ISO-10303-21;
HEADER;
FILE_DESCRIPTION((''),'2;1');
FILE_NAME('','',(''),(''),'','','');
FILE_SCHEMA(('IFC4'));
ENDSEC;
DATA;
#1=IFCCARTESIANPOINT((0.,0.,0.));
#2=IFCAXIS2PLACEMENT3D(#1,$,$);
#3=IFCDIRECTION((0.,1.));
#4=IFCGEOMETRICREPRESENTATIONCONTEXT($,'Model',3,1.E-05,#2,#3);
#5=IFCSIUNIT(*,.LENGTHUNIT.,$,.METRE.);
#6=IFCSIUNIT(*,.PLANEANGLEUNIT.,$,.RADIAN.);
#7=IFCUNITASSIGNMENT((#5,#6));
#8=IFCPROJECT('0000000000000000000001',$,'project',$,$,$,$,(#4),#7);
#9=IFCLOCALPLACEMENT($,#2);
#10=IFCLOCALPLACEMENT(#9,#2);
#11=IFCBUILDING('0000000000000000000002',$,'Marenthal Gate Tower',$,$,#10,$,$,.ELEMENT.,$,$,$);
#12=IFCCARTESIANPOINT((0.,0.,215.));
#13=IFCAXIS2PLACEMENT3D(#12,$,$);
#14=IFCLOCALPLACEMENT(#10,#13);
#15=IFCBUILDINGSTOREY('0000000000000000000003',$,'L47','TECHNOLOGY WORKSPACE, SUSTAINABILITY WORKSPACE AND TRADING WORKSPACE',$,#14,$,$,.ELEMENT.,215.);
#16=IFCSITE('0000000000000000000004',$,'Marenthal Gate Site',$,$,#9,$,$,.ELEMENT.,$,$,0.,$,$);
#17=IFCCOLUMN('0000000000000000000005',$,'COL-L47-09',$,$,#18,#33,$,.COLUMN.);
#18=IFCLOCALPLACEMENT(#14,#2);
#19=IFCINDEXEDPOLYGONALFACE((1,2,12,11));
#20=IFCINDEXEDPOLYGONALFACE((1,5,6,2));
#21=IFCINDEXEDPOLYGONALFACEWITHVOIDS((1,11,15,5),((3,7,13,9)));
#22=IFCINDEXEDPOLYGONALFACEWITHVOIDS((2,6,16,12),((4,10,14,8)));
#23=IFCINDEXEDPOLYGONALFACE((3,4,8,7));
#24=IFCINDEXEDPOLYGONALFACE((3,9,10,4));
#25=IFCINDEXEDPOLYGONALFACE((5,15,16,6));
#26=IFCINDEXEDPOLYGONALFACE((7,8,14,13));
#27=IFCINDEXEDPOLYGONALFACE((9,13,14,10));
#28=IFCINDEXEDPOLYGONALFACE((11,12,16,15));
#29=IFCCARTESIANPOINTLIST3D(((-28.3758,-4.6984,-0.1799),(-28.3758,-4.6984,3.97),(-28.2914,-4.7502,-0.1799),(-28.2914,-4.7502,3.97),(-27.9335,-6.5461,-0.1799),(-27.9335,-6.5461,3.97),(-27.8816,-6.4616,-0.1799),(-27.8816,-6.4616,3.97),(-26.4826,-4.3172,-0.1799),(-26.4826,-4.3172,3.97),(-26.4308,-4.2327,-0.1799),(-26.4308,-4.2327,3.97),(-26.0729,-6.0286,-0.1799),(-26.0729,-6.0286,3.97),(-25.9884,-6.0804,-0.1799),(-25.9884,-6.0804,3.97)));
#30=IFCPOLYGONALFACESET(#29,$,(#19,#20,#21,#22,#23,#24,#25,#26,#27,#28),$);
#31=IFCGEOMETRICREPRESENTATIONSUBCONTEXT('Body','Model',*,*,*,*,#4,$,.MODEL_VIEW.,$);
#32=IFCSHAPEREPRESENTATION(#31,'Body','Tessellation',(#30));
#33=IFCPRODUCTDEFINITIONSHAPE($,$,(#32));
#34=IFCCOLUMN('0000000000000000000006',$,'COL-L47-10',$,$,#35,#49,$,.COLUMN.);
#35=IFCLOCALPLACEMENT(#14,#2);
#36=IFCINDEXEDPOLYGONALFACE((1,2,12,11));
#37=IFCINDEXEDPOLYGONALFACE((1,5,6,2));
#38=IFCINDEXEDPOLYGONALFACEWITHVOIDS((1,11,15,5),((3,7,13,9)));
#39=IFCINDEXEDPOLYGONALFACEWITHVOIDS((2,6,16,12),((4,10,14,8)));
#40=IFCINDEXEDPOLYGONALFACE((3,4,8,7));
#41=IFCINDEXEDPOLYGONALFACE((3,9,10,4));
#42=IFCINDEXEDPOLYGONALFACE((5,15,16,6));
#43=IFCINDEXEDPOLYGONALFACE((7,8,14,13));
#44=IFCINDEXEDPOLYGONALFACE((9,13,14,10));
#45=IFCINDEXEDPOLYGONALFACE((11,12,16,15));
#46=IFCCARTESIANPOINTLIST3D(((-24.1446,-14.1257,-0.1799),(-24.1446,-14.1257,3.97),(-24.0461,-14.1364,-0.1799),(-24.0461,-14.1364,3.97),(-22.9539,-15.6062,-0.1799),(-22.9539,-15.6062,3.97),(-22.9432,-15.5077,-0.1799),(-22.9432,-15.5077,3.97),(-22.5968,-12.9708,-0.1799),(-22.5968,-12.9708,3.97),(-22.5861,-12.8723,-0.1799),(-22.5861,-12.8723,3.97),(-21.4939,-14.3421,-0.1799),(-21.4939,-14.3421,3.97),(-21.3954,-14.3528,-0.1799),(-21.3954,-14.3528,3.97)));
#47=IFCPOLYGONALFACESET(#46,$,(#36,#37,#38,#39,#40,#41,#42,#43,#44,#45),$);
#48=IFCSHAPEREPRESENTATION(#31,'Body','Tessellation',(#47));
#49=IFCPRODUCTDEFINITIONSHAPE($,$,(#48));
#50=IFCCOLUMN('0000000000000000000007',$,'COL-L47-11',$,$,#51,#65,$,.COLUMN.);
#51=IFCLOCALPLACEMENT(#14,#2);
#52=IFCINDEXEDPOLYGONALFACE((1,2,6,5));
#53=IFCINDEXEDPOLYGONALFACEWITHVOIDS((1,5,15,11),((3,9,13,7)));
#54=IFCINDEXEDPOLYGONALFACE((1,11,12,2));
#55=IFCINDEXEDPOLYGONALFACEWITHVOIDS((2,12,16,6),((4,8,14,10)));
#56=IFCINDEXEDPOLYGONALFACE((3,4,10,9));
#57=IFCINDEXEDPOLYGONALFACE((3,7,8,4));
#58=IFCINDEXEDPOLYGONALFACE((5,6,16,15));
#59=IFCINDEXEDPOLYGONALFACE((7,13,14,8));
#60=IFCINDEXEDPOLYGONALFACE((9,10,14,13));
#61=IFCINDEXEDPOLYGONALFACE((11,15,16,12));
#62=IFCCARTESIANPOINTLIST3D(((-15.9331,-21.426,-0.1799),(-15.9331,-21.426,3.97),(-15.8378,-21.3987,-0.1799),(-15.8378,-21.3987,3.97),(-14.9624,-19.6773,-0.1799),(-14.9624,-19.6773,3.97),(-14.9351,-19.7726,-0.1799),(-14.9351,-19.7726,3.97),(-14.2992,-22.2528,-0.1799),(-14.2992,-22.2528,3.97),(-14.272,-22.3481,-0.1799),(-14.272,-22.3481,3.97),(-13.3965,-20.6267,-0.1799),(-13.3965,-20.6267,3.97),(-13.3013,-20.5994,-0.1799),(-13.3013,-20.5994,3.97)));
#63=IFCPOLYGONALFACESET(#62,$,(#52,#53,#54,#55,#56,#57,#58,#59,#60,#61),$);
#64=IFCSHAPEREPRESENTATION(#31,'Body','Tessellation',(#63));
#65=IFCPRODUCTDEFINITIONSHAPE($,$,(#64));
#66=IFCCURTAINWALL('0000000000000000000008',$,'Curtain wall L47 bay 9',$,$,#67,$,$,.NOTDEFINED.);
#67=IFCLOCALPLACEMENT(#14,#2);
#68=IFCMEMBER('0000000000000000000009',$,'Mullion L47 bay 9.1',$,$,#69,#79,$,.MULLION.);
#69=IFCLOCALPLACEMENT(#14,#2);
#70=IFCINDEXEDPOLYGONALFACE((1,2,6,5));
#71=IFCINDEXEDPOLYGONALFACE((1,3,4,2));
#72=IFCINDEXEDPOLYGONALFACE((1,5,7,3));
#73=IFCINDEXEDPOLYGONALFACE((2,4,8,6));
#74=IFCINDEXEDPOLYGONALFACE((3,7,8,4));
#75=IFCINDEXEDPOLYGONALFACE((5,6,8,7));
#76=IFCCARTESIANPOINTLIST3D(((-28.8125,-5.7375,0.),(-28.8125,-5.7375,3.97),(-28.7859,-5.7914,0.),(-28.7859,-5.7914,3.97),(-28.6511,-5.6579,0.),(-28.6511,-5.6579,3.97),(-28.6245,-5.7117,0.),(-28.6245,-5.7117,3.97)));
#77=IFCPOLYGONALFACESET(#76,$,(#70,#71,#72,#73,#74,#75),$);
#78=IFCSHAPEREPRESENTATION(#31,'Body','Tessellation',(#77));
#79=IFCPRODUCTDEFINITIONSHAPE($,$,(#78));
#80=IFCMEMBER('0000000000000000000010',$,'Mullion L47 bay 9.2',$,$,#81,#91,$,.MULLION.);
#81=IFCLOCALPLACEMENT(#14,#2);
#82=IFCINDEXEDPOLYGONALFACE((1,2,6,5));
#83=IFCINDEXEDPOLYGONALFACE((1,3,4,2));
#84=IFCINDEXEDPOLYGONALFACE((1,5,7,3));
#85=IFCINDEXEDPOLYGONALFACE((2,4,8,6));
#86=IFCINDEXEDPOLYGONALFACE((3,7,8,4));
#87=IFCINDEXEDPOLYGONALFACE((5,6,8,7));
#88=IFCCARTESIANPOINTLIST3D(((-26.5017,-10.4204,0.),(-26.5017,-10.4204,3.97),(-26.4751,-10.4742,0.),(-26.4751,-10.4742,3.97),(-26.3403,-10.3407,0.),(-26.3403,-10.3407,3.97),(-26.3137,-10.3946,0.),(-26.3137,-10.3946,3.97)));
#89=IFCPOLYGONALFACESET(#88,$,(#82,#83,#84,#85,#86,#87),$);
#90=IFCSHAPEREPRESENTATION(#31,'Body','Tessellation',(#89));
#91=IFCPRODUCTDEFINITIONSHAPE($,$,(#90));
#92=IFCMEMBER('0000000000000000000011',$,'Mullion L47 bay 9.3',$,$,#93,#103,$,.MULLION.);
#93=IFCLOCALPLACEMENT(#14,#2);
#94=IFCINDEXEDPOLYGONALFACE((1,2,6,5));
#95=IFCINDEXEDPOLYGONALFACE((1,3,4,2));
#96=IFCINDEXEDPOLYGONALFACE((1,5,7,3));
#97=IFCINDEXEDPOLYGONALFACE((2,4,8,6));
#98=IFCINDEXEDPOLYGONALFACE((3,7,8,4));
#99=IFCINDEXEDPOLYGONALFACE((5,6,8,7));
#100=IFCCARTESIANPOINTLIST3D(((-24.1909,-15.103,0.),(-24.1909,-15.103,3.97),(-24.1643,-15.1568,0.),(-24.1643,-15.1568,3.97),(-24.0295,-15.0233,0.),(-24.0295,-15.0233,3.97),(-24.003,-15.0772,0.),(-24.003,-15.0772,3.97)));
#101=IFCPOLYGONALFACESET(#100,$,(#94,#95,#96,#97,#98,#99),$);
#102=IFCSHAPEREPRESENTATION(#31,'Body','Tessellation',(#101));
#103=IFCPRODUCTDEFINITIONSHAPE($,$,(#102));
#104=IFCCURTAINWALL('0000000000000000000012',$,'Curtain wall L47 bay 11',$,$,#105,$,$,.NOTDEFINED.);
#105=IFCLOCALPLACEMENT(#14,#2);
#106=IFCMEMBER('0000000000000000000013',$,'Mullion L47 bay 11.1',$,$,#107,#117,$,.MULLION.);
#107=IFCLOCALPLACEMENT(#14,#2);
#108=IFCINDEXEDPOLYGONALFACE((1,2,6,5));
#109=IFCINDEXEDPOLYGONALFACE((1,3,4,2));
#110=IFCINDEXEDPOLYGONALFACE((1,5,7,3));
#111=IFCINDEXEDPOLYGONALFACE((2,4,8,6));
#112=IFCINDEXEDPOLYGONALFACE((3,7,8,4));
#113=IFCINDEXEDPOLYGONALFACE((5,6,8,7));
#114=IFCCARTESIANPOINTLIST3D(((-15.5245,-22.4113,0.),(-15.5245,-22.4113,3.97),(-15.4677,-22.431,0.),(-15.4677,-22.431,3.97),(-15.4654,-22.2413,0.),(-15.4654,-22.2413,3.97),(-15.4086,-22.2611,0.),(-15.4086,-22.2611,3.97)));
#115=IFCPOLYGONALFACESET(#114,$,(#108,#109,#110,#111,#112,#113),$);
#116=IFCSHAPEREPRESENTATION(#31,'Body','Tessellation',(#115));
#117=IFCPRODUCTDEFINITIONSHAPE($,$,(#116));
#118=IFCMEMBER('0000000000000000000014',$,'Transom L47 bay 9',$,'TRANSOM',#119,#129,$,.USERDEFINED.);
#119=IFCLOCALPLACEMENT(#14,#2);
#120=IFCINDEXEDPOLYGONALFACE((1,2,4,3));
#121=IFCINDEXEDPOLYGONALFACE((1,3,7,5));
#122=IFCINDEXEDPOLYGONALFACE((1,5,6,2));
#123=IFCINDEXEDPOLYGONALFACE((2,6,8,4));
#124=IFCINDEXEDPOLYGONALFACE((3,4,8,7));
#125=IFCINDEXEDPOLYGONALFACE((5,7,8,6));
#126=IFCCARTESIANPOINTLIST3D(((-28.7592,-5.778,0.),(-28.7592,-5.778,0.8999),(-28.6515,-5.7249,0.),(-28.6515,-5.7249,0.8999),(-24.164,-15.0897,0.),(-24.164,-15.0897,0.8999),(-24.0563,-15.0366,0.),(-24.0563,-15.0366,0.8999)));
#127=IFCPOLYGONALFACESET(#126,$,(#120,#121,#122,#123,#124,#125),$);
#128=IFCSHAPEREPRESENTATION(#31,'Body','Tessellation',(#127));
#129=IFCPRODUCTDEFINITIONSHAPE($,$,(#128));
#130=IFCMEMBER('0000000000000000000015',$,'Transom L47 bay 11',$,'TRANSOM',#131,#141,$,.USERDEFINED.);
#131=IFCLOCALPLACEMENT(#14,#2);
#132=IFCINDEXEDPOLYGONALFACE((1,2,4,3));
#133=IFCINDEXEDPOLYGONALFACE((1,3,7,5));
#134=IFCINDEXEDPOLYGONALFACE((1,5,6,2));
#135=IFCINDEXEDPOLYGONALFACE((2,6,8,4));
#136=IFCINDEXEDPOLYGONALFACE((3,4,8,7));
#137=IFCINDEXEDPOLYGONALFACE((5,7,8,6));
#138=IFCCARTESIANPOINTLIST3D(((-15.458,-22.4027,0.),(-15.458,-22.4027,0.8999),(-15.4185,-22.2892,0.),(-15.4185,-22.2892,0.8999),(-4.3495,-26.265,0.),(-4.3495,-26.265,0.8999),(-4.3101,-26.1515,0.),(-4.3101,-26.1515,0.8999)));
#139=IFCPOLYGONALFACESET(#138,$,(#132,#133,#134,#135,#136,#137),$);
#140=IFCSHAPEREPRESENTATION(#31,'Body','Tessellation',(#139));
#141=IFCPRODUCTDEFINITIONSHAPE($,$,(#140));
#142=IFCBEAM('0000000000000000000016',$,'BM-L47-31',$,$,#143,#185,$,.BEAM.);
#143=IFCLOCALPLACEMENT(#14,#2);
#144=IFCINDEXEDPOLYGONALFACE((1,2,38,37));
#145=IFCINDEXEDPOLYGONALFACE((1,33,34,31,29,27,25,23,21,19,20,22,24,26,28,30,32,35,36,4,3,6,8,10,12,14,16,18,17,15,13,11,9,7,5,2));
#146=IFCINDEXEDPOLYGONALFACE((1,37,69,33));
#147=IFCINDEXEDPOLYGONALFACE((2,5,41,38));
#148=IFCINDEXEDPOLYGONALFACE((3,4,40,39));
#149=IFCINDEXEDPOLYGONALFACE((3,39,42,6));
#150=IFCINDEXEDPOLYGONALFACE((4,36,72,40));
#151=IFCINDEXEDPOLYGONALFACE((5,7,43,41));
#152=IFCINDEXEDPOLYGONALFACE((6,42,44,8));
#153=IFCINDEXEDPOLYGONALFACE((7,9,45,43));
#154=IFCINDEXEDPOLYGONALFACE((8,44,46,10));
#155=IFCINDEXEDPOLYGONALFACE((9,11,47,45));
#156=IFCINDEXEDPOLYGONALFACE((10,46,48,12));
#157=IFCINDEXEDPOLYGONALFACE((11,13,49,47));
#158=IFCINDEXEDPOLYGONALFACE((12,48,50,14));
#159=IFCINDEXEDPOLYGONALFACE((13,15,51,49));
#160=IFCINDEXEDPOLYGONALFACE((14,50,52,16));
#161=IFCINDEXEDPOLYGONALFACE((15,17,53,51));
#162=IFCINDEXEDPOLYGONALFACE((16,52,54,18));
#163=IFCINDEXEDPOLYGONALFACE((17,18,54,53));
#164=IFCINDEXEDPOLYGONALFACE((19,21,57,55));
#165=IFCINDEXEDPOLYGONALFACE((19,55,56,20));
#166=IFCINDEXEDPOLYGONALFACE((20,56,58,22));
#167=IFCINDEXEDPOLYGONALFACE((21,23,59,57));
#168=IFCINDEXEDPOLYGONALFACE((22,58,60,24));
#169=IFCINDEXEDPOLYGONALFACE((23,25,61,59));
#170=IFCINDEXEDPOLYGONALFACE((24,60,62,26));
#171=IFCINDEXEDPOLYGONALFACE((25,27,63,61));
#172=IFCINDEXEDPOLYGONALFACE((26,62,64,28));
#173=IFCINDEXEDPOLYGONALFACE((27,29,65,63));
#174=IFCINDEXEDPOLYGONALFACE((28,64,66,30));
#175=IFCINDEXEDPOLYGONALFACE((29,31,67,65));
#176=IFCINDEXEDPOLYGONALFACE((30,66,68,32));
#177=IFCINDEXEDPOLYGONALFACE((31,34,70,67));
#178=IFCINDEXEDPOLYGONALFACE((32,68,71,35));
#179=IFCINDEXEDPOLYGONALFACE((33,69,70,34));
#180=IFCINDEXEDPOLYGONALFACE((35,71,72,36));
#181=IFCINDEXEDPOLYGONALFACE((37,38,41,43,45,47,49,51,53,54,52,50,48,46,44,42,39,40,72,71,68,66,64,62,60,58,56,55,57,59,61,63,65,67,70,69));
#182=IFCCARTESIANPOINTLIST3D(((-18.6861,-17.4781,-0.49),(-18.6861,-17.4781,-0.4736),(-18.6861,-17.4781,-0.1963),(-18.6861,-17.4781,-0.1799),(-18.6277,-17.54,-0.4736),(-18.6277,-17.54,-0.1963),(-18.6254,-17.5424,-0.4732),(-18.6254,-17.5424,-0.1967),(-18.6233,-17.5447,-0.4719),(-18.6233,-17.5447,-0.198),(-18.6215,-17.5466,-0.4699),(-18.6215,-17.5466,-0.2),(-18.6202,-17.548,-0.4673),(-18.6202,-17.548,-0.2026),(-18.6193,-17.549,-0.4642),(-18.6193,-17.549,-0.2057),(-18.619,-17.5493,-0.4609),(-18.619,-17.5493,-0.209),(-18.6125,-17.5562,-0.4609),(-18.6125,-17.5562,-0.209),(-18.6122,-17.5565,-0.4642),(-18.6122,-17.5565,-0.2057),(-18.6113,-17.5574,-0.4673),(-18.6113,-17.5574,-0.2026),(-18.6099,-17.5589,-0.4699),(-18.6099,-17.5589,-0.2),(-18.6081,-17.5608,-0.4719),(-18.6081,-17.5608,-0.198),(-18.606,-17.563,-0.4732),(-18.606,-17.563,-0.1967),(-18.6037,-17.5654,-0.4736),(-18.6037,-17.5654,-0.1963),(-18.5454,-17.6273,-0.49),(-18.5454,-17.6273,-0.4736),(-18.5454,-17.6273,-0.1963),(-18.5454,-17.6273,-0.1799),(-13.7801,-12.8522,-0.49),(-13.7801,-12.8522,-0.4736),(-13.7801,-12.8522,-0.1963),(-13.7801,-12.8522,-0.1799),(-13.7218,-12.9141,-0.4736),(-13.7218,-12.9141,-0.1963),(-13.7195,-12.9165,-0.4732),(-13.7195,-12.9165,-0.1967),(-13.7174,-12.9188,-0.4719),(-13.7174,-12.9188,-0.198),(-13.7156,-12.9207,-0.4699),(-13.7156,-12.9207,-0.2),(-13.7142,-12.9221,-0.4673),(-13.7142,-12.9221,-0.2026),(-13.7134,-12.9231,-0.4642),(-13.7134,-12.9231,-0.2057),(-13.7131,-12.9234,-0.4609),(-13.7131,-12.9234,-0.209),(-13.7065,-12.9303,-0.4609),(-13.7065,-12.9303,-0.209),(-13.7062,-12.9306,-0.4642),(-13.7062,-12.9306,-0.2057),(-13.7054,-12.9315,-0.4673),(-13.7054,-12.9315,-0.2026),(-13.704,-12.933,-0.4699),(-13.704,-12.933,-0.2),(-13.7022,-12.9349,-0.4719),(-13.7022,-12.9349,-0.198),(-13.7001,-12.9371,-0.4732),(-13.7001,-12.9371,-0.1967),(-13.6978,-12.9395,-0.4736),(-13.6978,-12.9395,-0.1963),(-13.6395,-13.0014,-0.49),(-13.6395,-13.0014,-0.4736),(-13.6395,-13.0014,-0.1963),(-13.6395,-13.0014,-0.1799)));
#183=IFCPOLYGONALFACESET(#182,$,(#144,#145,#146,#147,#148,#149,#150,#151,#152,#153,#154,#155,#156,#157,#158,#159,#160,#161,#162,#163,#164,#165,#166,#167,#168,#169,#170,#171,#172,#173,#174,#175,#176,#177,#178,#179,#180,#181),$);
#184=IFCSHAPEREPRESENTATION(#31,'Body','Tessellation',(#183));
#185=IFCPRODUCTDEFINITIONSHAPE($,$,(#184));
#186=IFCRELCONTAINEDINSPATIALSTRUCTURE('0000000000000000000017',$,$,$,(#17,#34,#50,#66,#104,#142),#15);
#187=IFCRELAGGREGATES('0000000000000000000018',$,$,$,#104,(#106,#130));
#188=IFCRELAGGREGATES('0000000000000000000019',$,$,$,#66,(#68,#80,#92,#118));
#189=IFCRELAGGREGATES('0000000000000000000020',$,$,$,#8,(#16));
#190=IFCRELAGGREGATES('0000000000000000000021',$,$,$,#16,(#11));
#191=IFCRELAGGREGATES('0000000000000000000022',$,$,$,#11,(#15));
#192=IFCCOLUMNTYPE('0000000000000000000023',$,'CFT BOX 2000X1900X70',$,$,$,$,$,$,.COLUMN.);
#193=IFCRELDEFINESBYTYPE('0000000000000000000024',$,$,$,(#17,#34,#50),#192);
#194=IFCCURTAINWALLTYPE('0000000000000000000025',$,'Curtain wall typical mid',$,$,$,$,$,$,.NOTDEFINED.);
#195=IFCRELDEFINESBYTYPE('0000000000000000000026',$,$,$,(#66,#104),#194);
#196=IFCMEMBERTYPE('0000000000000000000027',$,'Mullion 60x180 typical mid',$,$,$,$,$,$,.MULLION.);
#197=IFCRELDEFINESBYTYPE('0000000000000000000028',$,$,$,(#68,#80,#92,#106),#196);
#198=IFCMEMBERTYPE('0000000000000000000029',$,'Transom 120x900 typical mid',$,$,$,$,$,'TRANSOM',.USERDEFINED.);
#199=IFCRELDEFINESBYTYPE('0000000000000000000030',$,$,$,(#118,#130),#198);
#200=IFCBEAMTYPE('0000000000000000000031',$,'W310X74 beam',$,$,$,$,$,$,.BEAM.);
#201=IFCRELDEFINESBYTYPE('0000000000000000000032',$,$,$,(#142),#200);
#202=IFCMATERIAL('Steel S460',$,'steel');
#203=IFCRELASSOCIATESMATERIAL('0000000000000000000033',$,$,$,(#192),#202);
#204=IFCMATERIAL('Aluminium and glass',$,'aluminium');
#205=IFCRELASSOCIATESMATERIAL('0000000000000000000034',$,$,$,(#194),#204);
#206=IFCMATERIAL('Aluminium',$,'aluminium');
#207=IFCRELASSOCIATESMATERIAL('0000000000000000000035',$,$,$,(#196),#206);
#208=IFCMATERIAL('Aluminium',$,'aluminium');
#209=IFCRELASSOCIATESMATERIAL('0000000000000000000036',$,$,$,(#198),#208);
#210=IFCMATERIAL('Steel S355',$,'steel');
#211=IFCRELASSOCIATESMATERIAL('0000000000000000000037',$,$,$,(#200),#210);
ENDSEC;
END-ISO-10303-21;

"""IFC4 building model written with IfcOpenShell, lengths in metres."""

from ifc_helpers import new_model, si_unit, direction, frame, origin, origin_2d, place, context, subcontext, project, spatial, rectangle, hollow_rectangle, i_section, extrude, material, material_profile, profile_set, type_object, element, aggregate, save


model = new_model("IFC4")

# Units and contexts
model_context = context("Model", 3, precision=1e-05, world=origin(), true_north=direction((0.0, 1.0)))
body_context = subcontext(model_context, "Body", "Model", "MODEL_VIEW")
ifc_project = project(units=[si_unit("LENGTHUNIT", "METRE"), si_unit("PLANEANGLEUNIT", "RADIAN")], contexts=[model_context])

# Site, building, storey
site_placement = place(None, origin())
site = spatial("IfcSite", under=ifc_project, at=site_placement, Name="Marenthal Gate Site", CompositionType="ELEMENT", RefElevation=0.0)
building_placement = place(site_placement, origin())
building = spatial("IfcBuilding", under=site, at=building_placement, Name="Marenthal Gate Tower", CompositionType="ELEMENT")
storey_placement = place(building_placement, frame((0.0, 0.0, 215.0)))
storey = spatial("IfcBuildingStorey", under=building, at=storey_placement, Name="L47", Description="TECHNOLOGY WORKSPACE, SUSTAINABILITY WORKSPACE AND TRADING WORKSPACE", CompositionType="ELEMENT", Elevation=215.0)

# Columns
ifc_material_1 = material(Name="Steel S460", Category="steel")
ifc_material_profile_1 = material_profile(ifc_material_1, hollow_rectangle(XDim=1.8999, YDim=2.0, WallThickness=0.0701, at=origin_2d()), Name="CFT BOX 2000X1900X70")
ifc_material_2 = material(Name="Concrete 70 MPa", Category="concrete")
ifc_material_profile_2 = material_profile(ifc_material_2, rectangle(XDim=1.76, YDim=1.8601, at=origin_2d()), Name="CFT BOX 2000X1900X70 INFILL")
ifc_profile_set_1 = profile_set([ifc_material_profile_1, ifc_material_profile_2], Name="Steel S460 shell, Concrete 70 MPa infill")
column_type = type_object("IfcColumnType", Name="CFT BOX 2000X1900X70", PredefinedType="COLUMN", material=ifc_profile_set_1)
for number, where, z_axis, x_axis, name in (
    (1, (-27.1821, -5.3894, -0.1799), (0.0, 0.0, 1.0), (-0.232843, 0.972514, 0.0), "COL-L47-09"),
    (2, (-22.77, -14.2393, -0.1799), (0.0, 0.0, 1.0), (-0.626719, 0.779245, 0.0), "COL-L47-10"),
    (3, (-14.6172, -21.0127, -0.1799), (0.0, 0.0, 1.0), (-0.874319, 0.485351, 0.0), "COL-L47-11"),
):
    element("IfcColumn", number, at=place(storey_placement, frame(where, z_axis=z_axis, x_axis=x_axis)), inside=storey, type_object=column_type, Name=name, PredefinedType="COLUMN", context=body_context, shape_type="SweptSolid", body=[
        extrude(hollow_rectangle(XDim=1.8999, YDim=2.0, WallThickness=0.0701, at=origin_2d()), origin(), (0.0, 0.0, 1.0), 4.1499),
    ])

# Curtain wall, members
ifc_material_3 = material(Name="Aluminium and glass", Category="aluminium")
curtain_wall_type = type_object("IfcCurtainWallType", Name="Curtain wall typical mid", PredefinedType="NOTDEFINED", material=ifc_material_3)
curtain_wall_1_placement = place(storey_placement, origin())
curtain_wall_1 = element("IfcCurtainWall", 4, at=curtain_wall_1_placement, inside=storey, type_object=curtain_wall_type, Name="Curtain wall L47 bay 9", PredefinedType="NOTDEFINED")
ifc_material_4 = material(Name="Aluminium", Category="aluminium")
ifc_material_profile_3 = material_profile(ifc_material_4, rectangle(XDim=0.1799, YDim=0.0601, at=origin_2d()), Name="60x180 aluminium mullion")
ifc_profile_set_2 = profile_set([ifc_material_profile_3], Name="Aluminium")
member_type_1 = type_object("IfcMemberType", Name="Mullion 60x180 typical mid", PredefinedType="MULLION", material=ifc_profile_set_2)
member_1_placement = place(storey_placement, frame((-28.7185, -5.7246, 0.0), z_axis=(0.0, 0.0, 1.0), x_axis=(0.896757, 0.442523, 0.0)))
member_1 = element("IfcMember", 5, at=member_1_placement, type_object=member_type_1, Name="Mullion L47 bay 9.1", PredefinedType="MULLION", context=body_context, shape_type="SweptSolid", body=[
    extrude(rectangle(XDim=0.1799, YDim=0.0601, at=origin_2d()), origin(), (0.0, 0.0, 1.0), 3.97),
])
member_2_placement = place(storey_placement, frame((-26.4077, -10.4075, 0.0), z_axis=(0.0, 0.0, 1.0), x_axis=(0.896757, 0.442523, 0.0)))
member_2 = element("IfcMember", 6, at=member_2_placement, type_object=member_type_1, Name="Mullion L47 bay 9.2", PredefinedType="MULLION", context=body_context, shape_type="SweptSolid", body=[
    extrude(rectangle(XDim=0.1799, YDim=0.0601, at=origin_2d()), origin(), (0.0, 0.0, 1.0), 3.97),
])
member_3_placement = place(storey_placement, frame((-24.0969, -15.0901, 0.0), z_axis=(0.0, 0.0, 1.0), x_axis=(0.896757, 0.442523, 0.0)))
member_3 = element("IfcMember", 7, at=member_3_placement, type_object=member_type_1, Name="Mullion L47 bay 9.3", PredefinedType="MULLION", context=body_context, shape_type="SweptSolid", body=[
    extrude(rectangle(XDim=0.1799, YDim=0.0601, at=origin_2d()), origin(), (0.0, 0.0, 1.0), 3.97),
])

# Curtain wall, member
curtain_wall_2_placement = place(storey_placement, origin())
curtain_wall_2 = element("IfcCurtainWall", 8, at=curtain_wall_2_placement, inside=storey, type_object=curtain_wall_type, Name="Curtain wall L47 bay 11", PredefinedType="NOTDEFINED")
member_4_placement = place(storey_placement, frame((-15.4666, -22.3362, 0.0), z_axis=(0.0, 0.0, 1.0), x_axis=(0.3284, 0.944539, 0.0)))
member_4 = element("IfcMember", 9, at=member_4_placement, type_object=member_type_1, Name="Mullion L47 bay 11.1", PredefinedType="MULLION", context=body_context, shape_type="SweptSolid", body=[
    extrude(rectangle(XDim=0.1799, YDim=0.0601, at=origin_2d()), origin(), (0.0, 0.0, 1.0), 3.97),
])

# Members
ifc_material_5 = material(Name="Aluminium", Category="aluminium")
ifc_material_profile_4 = material_profile(ifc_material_5, rectangle(XDim=0.1201, YDim=0.8999, at=origin_2d()), Name="120x900 aluminium transom")
ifc_profile_set_3 = profile_set([ifc_material_profile_4], Name="Aluminium")
member_type_2 = type_object("IfcMemberType", Name="Transom 120x900 typical mid", ElementType="TRANSOM", PredefinedType="USERDEFINED", material=ifc_profile_set_3)
member_5_placement = place(storey_placement, frame((-28.7053, -5.7515, 0.45), z_axis=(0.442533, -0.896752, 0.0), x_axis=(0.896752, 0.442533, 0.0)))
member_5 = element("IfcMember", 10, at=member_5_placement, type_object=member_type_2, Name="Transom L47 bay 9", ObjectType="TRANSOM", PredefinedType="USERDEFINED", context=body_context, shape_type="SweptSolid", body=[
    extrude(rectangle(XDim=0.1201, YDim=0.8999, at=origin_2d()), origin(), (0.0, 0.0, 1.0), 10.3838),
])
member_6_placement = place(storey_placement, frame((-15.4382, -22.3459, 0.45), z_axis=(0.944536, -0.328408, 0.0), x_axis=(0.328408, 0.944536, 0.0)))
member_6 = element("IfcMember", 11, at=member_6_placement, type_object=member_type_2, Name="Transom L47 bay 11", ObjectType="TRANSOM", PredefinedType="USERDEFINED", context=body_context, shape_type="SweptSolid", body=[
    extrude(rectangle(XDim=0.1201, YDim=0.8999, at=origin_2d()), origin(), (0.0, 0.0, 1.0), 11.7607),
])
aggregate(curtain_wall_2, [member_4, member_6])

# Beam
ifc_material_6 = material(Name="Steel S355", Category="steel")
ifc_material_profile_5 = material_profile(ifc_material_6, i_section(OverallWidth=0.2051, OverallDepth=0.3101, WebThickness=0.0095, FlangeThickness=0.0164, FilletRadius=0.0127, at=origin_2d()), Name="W310X74")
ifc_profile_set_4 = profile_set([ifc_material_profile_5], Name="Steel S355")
beam_type_1 = type_object("IfcBeamType", Name="W310X74 beam", PredefinedType="BEAM", material=ifc_profile_set_4)
beam_1_placement = place(storey_placement, frame((-18.6157, -17.5527, -0.335), z_axis=(0.727566, 0.686038, 0.0), x_axis=(-0.686038, 0.727566, 0.0)))
element("IfcBeam", 12, at=beam_1_placement, inside=storey, type_object=beam_type_1, Name="BM-L47-31", PredefinedType="BEAM", context=body_context, shape_type="SweptSolid", body=[
    extrude(i_section(OverallWidth=0.2051, OverallDepth=0.3101, WebThickness=0.0095, FlangeThickness=0.0164, FilletRadius=0.0127, at=origin_2d()), origin(), (0.0, 0.0, 1.0), 6.7429),
])

aggregate(curtain_wall_1, [member_1, member_2, member_3, member_5])

save(model, "model.ifc")
